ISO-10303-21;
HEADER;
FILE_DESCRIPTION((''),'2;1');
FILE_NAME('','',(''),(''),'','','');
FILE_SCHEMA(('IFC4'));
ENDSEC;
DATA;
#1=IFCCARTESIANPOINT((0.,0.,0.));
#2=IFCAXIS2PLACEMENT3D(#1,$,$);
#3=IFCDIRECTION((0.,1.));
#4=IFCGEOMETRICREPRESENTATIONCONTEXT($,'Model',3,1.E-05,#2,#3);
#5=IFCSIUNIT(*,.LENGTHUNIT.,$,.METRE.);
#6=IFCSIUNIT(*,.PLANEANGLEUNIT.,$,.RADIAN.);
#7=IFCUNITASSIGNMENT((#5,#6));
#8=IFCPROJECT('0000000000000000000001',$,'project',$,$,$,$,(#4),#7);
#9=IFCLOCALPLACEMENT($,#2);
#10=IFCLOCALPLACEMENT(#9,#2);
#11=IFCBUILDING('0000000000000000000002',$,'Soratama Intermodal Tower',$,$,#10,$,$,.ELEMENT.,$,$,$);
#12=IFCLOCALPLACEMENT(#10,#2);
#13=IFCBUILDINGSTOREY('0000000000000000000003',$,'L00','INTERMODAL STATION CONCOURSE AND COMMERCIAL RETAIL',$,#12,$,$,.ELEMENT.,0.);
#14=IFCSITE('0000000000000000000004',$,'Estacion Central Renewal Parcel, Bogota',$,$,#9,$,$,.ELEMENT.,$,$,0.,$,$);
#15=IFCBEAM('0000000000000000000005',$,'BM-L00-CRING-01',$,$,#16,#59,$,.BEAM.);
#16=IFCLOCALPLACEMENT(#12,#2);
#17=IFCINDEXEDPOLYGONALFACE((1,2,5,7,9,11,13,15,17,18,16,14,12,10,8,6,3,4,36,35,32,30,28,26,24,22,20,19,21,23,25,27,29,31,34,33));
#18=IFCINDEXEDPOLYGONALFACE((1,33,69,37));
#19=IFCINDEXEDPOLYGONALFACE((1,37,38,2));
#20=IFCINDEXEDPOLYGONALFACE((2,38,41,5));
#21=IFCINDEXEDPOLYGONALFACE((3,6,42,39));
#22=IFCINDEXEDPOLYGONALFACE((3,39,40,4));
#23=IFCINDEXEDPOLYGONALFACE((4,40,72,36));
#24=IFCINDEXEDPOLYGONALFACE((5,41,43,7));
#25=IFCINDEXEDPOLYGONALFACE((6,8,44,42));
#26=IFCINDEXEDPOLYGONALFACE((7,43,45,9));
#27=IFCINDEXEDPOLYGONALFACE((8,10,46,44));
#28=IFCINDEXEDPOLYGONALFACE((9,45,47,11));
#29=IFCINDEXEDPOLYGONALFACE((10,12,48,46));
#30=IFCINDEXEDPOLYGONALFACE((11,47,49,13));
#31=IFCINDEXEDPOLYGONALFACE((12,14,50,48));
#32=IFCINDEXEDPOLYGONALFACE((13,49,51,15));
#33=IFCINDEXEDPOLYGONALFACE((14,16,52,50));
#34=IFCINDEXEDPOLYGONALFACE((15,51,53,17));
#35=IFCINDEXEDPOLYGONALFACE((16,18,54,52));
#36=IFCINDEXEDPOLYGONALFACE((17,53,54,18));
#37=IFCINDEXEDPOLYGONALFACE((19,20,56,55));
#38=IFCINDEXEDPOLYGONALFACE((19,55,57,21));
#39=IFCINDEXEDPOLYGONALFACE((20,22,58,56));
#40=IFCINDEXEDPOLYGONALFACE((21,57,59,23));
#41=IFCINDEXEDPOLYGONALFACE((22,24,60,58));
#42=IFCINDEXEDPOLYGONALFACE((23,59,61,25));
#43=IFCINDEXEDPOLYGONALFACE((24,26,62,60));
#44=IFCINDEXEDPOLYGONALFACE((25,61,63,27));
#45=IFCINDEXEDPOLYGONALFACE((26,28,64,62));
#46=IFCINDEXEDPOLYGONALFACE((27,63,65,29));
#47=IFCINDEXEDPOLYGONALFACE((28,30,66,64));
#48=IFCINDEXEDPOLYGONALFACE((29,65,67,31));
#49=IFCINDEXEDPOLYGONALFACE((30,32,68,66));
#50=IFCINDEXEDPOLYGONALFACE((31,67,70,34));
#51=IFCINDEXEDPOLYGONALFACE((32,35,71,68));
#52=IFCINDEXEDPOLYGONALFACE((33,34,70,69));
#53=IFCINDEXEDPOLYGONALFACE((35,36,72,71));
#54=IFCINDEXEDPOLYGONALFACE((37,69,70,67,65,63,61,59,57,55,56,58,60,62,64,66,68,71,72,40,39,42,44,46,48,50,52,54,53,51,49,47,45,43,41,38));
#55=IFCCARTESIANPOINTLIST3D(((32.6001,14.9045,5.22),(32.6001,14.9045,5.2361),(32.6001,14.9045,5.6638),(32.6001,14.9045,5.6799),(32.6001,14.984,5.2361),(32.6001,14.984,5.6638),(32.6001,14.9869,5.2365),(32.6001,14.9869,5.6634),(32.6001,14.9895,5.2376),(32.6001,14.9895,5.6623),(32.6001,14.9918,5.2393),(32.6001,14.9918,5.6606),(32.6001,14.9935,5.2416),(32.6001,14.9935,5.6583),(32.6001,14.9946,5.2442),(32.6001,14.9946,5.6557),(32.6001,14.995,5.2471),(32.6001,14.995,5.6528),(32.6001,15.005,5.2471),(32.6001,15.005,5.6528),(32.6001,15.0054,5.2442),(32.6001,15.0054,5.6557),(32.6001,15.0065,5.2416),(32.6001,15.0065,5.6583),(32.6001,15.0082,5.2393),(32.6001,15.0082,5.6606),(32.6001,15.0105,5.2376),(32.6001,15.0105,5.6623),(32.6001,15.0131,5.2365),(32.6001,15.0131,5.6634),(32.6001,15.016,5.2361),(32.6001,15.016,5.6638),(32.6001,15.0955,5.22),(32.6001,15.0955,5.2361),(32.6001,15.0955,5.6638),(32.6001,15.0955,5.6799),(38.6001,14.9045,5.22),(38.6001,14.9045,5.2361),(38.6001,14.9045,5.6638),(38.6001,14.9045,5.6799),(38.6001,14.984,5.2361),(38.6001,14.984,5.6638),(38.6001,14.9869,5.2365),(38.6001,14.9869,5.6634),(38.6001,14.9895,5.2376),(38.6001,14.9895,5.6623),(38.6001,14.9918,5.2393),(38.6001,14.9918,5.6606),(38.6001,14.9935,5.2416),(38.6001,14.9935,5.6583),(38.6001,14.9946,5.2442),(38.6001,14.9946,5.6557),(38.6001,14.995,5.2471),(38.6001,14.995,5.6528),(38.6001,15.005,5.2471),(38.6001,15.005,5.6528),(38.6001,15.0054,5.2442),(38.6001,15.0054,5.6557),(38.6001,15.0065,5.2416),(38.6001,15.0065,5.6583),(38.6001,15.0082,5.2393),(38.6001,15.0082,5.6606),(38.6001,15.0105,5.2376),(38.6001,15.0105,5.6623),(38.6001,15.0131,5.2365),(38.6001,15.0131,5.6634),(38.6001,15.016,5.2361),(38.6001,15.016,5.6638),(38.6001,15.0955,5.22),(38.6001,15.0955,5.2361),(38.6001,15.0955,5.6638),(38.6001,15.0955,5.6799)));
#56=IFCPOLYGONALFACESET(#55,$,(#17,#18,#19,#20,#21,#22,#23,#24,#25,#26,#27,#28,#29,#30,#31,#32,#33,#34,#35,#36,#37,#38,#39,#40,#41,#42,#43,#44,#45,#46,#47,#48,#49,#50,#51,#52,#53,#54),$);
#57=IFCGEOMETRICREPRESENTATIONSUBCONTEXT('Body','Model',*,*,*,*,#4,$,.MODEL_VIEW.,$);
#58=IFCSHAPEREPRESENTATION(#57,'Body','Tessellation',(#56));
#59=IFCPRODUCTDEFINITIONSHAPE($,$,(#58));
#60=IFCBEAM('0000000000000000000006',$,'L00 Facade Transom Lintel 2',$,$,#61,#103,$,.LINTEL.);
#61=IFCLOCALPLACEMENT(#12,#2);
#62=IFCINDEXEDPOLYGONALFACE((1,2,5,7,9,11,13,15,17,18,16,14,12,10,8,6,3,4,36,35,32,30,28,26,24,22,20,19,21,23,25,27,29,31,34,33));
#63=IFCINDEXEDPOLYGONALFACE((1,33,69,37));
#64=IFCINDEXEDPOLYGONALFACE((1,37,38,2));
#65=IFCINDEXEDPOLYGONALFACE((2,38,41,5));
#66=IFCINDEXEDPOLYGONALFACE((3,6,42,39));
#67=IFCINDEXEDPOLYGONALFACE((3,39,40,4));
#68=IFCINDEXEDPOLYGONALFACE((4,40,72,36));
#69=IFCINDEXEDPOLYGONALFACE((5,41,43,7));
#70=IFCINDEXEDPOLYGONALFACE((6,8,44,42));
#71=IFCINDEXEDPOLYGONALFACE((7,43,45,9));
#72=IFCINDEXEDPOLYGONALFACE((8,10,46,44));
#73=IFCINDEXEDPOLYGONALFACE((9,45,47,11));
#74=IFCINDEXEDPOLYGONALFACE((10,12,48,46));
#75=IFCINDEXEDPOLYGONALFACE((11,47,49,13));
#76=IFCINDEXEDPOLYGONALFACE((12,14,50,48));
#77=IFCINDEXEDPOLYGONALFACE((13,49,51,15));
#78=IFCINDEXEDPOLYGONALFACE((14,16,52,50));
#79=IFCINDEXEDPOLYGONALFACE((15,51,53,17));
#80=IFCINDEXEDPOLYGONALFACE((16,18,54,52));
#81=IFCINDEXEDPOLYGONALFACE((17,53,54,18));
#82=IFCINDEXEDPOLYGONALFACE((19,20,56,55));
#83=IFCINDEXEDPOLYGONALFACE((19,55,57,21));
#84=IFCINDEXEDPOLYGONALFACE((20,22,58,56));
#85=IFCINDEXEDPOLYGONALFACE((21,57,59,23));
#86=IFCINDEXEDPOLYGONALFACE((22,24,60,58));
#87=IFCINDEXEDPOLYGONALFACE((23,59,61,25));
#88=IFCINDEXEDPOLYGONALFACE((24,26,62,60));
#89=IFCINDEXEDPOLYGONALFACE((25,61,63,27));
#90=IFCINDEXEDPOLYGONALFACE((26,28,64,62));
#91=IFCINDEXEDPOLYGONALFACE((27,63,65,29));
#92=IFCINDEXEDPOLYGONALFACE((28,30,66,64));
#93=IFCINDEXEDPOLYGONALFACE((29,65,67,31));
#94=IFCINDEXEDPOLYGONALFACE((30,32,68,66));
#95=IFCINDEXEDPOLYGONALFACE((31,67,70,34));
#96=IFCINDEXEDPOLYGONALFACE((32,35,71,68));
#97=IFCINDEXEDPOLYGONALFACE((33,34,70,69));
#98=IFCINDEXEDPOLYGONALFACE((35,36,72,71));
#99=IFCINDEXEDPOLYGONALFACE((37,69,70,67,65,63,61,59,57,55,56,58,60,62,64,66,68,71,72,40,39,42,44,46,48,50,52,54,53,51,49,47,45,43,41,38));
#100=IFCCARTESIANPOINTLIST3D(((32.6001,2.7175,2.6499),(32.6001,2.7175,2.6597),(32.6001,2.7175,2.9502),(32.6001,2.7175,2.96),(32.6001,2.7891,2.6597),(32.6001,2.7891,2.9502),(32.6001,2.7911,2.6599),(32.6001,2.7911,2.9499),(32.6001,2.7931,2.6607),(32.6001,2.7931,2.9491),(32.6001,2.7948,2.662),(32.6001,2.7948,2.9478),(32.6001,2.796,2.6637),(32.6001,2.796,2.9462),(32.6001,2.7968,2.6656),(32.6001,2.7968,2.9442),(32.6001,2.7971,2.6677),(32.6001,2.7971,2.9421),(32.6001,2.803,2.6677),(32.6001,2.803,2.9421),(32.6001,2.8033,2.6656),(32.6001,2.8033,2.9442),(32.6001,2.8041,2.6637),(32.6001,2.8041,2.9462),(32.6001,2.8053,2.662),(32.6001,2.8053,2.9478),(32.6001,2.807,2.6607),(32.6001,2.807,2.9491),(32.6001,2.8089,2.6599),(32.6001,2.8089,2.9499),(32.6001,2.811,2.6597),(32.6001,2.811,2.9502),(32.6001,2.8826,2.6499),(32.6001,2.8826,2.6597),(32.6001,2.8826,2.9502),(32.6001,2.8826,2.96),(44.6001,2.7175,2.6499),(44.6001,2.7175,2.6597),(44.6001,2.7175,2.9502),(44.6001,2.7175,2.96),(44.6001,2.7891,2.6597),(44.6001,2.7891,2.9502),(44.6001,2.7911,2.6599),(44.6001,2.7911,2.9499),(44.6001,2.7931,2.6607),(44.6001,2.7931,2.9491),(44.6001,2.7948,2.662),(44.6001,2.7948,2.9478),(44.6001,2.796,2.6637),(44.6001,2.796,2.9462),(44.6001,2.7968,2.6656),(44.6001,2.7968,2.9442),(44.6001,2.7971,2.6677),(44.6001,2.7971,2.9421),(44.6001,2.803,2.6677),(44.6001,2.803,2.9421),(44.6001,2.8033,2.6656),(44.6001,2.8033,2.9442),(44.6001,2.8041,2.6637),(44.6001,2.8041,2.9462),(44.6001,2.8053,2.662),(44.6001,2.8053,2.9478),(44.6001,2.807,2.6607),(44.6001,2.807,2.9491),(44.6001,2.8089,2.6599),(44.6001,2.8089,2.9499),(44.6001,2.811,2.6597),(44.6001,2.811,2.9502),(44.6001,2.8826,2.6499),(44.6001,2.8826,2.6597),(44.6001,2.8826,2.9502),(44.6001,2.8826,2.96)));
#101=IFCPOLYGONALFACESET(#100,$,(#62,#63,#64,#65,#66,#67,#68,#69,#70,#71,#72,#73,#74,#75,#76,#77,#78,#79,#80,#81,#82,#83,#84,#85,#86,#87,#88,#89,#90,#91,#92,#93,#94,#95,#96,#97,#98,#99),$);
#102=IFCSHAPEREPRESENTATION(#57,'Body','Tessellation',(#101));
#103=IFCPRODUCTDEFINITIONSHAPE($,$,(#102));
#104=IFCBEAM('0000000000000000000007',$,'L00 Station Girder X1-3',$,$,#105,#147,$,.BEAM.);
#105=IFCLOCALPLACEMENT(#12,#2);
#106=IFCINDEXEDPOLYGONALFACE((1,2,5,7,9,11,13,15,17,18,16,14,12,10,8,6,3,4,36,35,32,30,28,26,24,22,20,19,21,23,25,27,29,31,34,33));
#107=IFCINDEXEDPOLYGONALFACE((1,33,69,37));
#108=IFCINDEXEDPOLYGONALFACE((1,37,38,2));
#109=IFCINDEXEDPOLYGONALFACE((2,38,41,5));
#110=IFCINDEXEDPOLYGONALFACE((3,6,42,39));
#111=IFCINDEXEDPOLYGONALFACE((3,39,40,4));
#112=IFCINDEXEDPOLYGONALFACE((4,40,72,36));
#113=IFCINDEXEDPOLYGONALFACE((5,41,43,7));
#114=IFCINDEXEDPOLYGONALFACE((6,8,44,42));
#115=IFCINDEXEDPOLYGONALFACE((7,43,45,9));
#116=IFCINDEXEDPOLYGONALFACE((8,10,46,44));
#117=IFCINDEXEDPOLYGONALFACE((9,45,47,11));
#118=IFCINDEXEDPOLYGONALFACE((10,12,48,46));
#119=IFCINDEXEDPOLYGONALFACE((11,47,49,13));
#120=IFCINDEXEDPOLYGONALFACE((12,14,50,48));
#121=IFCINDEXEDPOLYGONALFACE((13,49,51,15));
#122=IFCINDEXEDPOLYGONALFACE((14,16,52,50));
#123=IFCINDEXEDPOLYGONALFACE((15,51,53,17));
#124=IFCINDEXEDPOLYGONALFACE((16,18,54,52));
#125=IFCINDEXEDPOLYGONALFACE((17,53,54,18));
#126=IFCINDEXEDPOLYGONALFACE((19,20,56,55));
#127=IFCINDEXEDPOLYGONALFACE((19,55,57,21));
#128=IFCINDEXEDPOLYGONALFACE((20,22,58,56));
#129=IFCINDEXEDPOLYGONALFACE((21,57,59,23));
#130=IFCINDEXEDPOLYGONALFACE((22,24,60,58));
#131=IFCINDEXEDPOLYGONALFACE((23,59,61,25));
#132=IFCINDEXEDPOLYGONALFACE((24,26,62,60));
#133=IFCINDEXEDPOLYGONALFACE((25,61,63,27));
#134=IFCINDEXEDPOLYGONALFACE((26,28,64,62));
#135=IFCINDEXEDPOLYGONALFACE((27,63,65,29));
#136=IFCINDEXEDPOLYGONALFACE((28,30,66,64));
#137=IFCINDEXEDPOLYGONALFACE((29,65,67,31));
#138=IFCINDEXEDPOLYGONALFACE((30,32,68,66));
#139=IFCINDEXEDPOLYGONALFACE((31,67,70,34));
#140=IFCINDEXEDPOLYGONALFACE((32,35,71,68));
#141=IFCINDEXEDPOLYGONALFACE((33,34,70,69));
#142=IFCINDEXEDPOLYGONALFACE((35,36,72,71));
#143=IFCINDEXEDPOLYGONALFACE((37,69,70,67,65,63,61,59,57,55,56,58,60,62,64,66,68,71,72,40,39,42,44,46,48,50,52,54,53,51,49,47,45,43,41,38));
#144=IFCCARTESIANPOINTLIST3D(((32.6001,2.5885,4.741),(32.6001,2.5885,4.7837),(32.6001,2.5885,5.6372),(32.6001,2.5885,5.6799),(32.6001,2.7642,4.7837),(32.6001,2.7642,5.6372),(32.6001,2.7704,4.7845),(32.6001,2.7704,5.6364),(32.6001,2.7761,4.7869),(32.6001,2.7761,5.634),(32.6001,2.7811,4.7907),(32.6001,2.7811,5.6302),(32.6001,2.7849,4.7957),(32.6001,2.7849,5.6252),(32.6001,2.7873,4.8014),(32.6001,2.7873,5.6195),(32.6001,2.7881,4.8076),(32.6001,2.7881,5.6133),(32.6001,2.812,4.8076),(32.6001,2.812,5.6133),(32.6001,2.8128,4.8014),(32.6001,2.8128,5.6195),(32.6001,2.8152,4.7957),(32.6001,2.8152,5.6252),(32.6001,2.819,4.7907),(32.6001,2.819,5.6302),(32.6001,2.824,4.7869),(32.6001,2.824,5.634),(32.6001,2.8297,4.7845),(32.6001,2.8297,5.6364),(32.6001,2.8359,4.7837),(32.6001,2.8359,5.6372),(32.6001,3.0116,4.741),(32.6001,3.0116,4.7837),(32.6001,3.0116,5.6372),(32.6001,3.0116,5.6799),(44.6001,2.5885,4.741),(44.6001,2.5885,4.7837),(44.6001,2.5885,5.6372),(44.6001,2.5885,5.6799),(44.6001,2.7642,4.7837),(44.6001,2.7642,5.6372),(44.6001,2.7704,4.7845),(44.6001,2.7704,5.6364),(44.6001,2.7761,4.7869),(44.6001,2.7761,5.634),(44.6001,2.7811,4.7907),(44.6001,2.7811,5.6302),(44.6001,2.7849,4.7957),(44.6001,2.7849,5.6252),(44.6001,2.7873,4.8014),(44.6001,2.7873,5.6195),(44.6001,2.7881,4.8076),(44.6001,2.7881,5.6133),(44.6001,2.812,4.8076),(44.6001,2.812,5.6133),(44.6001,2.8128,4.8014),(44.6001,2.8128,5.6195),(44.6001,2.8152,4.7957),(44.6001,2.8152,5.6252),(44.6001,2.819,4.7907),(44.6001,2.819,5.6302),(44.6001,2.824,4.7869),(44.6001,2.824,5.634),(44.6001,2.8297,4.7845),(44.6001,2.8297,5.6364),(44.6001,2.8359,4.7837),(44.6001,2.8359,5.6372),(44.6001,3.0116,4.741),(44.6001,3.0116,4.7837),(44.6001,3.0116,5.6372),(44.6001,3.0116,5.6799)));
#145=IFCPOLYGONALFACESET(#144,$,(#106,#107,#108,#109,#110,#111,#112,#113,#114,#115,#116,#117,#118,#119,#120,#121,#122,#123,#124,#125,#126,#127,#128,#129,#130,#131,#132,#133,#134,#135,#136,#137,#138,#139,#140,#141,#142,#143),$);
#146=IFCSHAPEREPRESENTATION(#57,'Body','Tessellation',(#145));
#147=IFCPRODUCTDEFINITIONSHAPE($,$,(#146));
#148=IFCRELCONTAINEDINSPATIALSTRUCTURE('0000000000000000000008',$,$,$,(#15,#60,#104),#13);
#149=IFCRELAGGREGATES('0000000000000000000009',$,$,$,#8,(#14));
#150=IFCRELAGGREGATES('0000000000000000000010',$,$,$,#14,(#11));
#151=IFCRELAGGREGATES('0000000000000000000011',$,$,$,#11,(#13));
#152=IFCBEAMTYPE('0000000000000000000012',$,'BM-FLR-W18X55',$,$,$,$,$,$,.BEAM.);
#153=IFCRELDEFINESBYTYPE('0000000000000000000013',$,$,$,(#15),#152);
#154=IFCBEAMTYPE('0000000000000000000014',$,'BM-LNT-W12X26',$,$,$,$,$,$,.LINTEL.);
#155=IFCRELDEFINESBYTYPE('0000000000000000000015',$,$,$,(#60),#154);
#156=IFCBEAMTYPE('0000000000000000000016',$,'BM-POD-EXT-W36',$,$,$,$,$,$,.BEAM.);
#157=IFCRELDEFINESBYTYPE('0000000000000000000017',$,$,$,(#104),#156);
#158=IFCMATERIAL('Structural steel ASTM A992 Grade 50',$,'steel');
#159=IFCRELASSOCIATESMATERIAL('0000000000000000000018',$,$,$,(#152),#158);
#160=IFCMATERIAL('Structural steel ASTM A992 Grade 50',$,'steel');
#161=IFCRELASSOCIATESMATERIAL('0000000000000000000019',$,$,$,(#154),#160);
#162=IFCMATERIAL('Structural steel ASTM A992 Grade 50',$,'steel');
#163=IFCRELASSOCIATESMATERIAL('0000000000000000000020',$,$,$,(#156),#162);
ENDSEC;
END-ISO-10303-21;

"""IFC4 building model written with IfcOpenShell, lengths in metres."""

from ifc_helpers import new_model, si_unit, direction, frame, origin, origin_2d, place, context, subcontext, project, spatial, i_section, extrude, material, material_profile, profile_set, type_object, element, save


model = new_model("IFC4")

# Units and contexts
model_context = context("Model", 3, precision=1e-05, world=origin(), true_north=direction((0.0, 1.0)))
body_context = subcontext(model_context, "Body", "Model", "MODEL_VIEW")
ifc_project = project(units=[si_unit("LENGTHUNIT", "METRE"), si_unit("PLANEANGLEUNIT", "RADIAN")], contexts=[model_context])

# Site, building, storey
site_placement = place(None, origin())
site = spatial("IfcSite", under=ifc_project, at=site_placement, Name="Estacion Central Renewal Parcel, Bogota", CompositionType="ELEMENT", RefElevation=0.0)
building_placement = place(site_placement, origin())
building = spatial("IfcBuilding", under=site, at=building_placement, Name="Soratama Intermodal Tower", CompositionType="ELEMENT")
storey_placement = place(building_placement, origin())
storey = spatial("IfcBuildingStorey", under=building, at=storey_placement, Name="L00", Description="INTERMODAL STATION CONCOURSE AND COMMERCIAL RETAIL", CompositionType="ELEMENT", Elevation=0.0)

# Beams
ifc_material_1 = material(Name="Structural steel ASTM A992 Grade 50", Category="steel")
ifc_material_profile_1 = material_profile(ifc_material_1, i_section(OverallWidth=0.1909, OverallDepth=0.46, WebThickness=0.01, FlangeThickness=0.0161, FilletRadius=0.011, at=origin_2d()), Name="W18X55")
ifc_profile_set_1 = profile_set([ifc_material_profile_1], Name="Structural steel ASTM A992 Grade 50")
beam_type_1 = type_object("IfcBeamType", Name="BM-FLR-W18X55", PredefinedType="BEAM", material=ifc_profile_set_1)
beam_1_placement = place(storey_placement, frame((32.6001, 15.0, 5.45), z_axis=(1.0, 0.0, 0.0), x_axis=(0.0, 1.0, 0.0)))
element("IfcBeam", 1, at=beam_1_placement, inside=storey, type_object=beam_type_1, Name="BM-L00-CRING-01", PredefinedType="BEAM", context=body_context, shape_type="SweptSolid", body=[
    extrude(i_section(OverallWidth=0.1909, OverallDepth=0.46, WebThickness=0.01, FlangeThickness=0.0161, FilletRadius=0.011, at=origin_2d()), origin(), (0.0, 0.0, 1.0), 6.0),
])
ifc_material_2 = material(Name="Structural steel ASTM A992 Grade 50", Category="steel")
ifc_material_profile_2 = material_profile(ifc_material_2, i_section(OverallWidth=0.165, OverallDepth=0.3101, WebThickness=0.0059, FlangeThickness=0.0098, FilletRadius=0.0081, at=origin_2d()), Name="W12X26")
ifc_profile_set_2 = profile_set([ifc_material_profile_2], Name="Structural steel ASTM A992 Grade 50")
beam_type_2 = type_object("IfcBeamType", Name="BM-LNT-W12X26", PredefinedType="LINTEL", material=ifc_profile_set_2)
beam_2_placement = place(storey_placement, frame((32.6001, 2.8, 2.8049), z_axis=(1.0, 0.0, 0.0), x_axis=(0.0, 1.0, 0.0)))
element("IfcBeam", 2, at=beam_2_placement, inside=storey, type_object=beam_type_2, Name="L00 Facade Transom Lintel 2", PredefinedType="LINTEL", context=body_context, shape_type="SweptSolid", body=[
    extrude(i_section(OverallWidth=0.165, OverallDepth=0.3101, WebThickness=0.0059, FlangeThickness=0.0098, FilletRadius=0.0081, at=origin_2d()), origin(), (0.0, 0.0, 1.0), 12.0),
])
ifc_material_3 = material(Name="Structural steel ASTM A992 Grade 50", Category="steel")
ifc_material_profile_3 = material_profile(ifc_material_3, i_section(OverallWidth=0.4231, OverallDepth=0.939, WebThickness=0.0239, FlangeThickness=0.0427, FilletRadius=0.0239, at=origin_2d()), Name="W36X302")
ifc_profile_set_3 = profile_set([ifc_material_profile_3], Name="Structural steel ASTM A992 Grade 50")
beam_type_3 = type_object("IfcBeamType", Name="BM-POD-EXT-W36", PredefinedType="BEAM", material=ifc_profile_set_3)
beam_3_placement = place(storey_placement, frame((32.6001, 2.8, 5.2104), z_axis=(1.0, 0.0, 0.0), x_axis=(0.0, 1.0, 0.0)))
element("IfcBeam", 3, at=beam_3_placement, inside=storey, type_object=beam_type_3, Name="L00 Station Girder X1-3", PredefinedType="BEAM", context=body_context, shape_type="SweptSolid", body=[
    extrude(i_section(OverallWidth=0.4231, OverallDepth=0.939, WebThickness=0.0239, FlangeThickness=0.0427, FilletRadius=0.0239, at=origin_2d()), origin(), (0.0, 0.0, 1.0), 12.0),
])

save(model, "model.ifc")
